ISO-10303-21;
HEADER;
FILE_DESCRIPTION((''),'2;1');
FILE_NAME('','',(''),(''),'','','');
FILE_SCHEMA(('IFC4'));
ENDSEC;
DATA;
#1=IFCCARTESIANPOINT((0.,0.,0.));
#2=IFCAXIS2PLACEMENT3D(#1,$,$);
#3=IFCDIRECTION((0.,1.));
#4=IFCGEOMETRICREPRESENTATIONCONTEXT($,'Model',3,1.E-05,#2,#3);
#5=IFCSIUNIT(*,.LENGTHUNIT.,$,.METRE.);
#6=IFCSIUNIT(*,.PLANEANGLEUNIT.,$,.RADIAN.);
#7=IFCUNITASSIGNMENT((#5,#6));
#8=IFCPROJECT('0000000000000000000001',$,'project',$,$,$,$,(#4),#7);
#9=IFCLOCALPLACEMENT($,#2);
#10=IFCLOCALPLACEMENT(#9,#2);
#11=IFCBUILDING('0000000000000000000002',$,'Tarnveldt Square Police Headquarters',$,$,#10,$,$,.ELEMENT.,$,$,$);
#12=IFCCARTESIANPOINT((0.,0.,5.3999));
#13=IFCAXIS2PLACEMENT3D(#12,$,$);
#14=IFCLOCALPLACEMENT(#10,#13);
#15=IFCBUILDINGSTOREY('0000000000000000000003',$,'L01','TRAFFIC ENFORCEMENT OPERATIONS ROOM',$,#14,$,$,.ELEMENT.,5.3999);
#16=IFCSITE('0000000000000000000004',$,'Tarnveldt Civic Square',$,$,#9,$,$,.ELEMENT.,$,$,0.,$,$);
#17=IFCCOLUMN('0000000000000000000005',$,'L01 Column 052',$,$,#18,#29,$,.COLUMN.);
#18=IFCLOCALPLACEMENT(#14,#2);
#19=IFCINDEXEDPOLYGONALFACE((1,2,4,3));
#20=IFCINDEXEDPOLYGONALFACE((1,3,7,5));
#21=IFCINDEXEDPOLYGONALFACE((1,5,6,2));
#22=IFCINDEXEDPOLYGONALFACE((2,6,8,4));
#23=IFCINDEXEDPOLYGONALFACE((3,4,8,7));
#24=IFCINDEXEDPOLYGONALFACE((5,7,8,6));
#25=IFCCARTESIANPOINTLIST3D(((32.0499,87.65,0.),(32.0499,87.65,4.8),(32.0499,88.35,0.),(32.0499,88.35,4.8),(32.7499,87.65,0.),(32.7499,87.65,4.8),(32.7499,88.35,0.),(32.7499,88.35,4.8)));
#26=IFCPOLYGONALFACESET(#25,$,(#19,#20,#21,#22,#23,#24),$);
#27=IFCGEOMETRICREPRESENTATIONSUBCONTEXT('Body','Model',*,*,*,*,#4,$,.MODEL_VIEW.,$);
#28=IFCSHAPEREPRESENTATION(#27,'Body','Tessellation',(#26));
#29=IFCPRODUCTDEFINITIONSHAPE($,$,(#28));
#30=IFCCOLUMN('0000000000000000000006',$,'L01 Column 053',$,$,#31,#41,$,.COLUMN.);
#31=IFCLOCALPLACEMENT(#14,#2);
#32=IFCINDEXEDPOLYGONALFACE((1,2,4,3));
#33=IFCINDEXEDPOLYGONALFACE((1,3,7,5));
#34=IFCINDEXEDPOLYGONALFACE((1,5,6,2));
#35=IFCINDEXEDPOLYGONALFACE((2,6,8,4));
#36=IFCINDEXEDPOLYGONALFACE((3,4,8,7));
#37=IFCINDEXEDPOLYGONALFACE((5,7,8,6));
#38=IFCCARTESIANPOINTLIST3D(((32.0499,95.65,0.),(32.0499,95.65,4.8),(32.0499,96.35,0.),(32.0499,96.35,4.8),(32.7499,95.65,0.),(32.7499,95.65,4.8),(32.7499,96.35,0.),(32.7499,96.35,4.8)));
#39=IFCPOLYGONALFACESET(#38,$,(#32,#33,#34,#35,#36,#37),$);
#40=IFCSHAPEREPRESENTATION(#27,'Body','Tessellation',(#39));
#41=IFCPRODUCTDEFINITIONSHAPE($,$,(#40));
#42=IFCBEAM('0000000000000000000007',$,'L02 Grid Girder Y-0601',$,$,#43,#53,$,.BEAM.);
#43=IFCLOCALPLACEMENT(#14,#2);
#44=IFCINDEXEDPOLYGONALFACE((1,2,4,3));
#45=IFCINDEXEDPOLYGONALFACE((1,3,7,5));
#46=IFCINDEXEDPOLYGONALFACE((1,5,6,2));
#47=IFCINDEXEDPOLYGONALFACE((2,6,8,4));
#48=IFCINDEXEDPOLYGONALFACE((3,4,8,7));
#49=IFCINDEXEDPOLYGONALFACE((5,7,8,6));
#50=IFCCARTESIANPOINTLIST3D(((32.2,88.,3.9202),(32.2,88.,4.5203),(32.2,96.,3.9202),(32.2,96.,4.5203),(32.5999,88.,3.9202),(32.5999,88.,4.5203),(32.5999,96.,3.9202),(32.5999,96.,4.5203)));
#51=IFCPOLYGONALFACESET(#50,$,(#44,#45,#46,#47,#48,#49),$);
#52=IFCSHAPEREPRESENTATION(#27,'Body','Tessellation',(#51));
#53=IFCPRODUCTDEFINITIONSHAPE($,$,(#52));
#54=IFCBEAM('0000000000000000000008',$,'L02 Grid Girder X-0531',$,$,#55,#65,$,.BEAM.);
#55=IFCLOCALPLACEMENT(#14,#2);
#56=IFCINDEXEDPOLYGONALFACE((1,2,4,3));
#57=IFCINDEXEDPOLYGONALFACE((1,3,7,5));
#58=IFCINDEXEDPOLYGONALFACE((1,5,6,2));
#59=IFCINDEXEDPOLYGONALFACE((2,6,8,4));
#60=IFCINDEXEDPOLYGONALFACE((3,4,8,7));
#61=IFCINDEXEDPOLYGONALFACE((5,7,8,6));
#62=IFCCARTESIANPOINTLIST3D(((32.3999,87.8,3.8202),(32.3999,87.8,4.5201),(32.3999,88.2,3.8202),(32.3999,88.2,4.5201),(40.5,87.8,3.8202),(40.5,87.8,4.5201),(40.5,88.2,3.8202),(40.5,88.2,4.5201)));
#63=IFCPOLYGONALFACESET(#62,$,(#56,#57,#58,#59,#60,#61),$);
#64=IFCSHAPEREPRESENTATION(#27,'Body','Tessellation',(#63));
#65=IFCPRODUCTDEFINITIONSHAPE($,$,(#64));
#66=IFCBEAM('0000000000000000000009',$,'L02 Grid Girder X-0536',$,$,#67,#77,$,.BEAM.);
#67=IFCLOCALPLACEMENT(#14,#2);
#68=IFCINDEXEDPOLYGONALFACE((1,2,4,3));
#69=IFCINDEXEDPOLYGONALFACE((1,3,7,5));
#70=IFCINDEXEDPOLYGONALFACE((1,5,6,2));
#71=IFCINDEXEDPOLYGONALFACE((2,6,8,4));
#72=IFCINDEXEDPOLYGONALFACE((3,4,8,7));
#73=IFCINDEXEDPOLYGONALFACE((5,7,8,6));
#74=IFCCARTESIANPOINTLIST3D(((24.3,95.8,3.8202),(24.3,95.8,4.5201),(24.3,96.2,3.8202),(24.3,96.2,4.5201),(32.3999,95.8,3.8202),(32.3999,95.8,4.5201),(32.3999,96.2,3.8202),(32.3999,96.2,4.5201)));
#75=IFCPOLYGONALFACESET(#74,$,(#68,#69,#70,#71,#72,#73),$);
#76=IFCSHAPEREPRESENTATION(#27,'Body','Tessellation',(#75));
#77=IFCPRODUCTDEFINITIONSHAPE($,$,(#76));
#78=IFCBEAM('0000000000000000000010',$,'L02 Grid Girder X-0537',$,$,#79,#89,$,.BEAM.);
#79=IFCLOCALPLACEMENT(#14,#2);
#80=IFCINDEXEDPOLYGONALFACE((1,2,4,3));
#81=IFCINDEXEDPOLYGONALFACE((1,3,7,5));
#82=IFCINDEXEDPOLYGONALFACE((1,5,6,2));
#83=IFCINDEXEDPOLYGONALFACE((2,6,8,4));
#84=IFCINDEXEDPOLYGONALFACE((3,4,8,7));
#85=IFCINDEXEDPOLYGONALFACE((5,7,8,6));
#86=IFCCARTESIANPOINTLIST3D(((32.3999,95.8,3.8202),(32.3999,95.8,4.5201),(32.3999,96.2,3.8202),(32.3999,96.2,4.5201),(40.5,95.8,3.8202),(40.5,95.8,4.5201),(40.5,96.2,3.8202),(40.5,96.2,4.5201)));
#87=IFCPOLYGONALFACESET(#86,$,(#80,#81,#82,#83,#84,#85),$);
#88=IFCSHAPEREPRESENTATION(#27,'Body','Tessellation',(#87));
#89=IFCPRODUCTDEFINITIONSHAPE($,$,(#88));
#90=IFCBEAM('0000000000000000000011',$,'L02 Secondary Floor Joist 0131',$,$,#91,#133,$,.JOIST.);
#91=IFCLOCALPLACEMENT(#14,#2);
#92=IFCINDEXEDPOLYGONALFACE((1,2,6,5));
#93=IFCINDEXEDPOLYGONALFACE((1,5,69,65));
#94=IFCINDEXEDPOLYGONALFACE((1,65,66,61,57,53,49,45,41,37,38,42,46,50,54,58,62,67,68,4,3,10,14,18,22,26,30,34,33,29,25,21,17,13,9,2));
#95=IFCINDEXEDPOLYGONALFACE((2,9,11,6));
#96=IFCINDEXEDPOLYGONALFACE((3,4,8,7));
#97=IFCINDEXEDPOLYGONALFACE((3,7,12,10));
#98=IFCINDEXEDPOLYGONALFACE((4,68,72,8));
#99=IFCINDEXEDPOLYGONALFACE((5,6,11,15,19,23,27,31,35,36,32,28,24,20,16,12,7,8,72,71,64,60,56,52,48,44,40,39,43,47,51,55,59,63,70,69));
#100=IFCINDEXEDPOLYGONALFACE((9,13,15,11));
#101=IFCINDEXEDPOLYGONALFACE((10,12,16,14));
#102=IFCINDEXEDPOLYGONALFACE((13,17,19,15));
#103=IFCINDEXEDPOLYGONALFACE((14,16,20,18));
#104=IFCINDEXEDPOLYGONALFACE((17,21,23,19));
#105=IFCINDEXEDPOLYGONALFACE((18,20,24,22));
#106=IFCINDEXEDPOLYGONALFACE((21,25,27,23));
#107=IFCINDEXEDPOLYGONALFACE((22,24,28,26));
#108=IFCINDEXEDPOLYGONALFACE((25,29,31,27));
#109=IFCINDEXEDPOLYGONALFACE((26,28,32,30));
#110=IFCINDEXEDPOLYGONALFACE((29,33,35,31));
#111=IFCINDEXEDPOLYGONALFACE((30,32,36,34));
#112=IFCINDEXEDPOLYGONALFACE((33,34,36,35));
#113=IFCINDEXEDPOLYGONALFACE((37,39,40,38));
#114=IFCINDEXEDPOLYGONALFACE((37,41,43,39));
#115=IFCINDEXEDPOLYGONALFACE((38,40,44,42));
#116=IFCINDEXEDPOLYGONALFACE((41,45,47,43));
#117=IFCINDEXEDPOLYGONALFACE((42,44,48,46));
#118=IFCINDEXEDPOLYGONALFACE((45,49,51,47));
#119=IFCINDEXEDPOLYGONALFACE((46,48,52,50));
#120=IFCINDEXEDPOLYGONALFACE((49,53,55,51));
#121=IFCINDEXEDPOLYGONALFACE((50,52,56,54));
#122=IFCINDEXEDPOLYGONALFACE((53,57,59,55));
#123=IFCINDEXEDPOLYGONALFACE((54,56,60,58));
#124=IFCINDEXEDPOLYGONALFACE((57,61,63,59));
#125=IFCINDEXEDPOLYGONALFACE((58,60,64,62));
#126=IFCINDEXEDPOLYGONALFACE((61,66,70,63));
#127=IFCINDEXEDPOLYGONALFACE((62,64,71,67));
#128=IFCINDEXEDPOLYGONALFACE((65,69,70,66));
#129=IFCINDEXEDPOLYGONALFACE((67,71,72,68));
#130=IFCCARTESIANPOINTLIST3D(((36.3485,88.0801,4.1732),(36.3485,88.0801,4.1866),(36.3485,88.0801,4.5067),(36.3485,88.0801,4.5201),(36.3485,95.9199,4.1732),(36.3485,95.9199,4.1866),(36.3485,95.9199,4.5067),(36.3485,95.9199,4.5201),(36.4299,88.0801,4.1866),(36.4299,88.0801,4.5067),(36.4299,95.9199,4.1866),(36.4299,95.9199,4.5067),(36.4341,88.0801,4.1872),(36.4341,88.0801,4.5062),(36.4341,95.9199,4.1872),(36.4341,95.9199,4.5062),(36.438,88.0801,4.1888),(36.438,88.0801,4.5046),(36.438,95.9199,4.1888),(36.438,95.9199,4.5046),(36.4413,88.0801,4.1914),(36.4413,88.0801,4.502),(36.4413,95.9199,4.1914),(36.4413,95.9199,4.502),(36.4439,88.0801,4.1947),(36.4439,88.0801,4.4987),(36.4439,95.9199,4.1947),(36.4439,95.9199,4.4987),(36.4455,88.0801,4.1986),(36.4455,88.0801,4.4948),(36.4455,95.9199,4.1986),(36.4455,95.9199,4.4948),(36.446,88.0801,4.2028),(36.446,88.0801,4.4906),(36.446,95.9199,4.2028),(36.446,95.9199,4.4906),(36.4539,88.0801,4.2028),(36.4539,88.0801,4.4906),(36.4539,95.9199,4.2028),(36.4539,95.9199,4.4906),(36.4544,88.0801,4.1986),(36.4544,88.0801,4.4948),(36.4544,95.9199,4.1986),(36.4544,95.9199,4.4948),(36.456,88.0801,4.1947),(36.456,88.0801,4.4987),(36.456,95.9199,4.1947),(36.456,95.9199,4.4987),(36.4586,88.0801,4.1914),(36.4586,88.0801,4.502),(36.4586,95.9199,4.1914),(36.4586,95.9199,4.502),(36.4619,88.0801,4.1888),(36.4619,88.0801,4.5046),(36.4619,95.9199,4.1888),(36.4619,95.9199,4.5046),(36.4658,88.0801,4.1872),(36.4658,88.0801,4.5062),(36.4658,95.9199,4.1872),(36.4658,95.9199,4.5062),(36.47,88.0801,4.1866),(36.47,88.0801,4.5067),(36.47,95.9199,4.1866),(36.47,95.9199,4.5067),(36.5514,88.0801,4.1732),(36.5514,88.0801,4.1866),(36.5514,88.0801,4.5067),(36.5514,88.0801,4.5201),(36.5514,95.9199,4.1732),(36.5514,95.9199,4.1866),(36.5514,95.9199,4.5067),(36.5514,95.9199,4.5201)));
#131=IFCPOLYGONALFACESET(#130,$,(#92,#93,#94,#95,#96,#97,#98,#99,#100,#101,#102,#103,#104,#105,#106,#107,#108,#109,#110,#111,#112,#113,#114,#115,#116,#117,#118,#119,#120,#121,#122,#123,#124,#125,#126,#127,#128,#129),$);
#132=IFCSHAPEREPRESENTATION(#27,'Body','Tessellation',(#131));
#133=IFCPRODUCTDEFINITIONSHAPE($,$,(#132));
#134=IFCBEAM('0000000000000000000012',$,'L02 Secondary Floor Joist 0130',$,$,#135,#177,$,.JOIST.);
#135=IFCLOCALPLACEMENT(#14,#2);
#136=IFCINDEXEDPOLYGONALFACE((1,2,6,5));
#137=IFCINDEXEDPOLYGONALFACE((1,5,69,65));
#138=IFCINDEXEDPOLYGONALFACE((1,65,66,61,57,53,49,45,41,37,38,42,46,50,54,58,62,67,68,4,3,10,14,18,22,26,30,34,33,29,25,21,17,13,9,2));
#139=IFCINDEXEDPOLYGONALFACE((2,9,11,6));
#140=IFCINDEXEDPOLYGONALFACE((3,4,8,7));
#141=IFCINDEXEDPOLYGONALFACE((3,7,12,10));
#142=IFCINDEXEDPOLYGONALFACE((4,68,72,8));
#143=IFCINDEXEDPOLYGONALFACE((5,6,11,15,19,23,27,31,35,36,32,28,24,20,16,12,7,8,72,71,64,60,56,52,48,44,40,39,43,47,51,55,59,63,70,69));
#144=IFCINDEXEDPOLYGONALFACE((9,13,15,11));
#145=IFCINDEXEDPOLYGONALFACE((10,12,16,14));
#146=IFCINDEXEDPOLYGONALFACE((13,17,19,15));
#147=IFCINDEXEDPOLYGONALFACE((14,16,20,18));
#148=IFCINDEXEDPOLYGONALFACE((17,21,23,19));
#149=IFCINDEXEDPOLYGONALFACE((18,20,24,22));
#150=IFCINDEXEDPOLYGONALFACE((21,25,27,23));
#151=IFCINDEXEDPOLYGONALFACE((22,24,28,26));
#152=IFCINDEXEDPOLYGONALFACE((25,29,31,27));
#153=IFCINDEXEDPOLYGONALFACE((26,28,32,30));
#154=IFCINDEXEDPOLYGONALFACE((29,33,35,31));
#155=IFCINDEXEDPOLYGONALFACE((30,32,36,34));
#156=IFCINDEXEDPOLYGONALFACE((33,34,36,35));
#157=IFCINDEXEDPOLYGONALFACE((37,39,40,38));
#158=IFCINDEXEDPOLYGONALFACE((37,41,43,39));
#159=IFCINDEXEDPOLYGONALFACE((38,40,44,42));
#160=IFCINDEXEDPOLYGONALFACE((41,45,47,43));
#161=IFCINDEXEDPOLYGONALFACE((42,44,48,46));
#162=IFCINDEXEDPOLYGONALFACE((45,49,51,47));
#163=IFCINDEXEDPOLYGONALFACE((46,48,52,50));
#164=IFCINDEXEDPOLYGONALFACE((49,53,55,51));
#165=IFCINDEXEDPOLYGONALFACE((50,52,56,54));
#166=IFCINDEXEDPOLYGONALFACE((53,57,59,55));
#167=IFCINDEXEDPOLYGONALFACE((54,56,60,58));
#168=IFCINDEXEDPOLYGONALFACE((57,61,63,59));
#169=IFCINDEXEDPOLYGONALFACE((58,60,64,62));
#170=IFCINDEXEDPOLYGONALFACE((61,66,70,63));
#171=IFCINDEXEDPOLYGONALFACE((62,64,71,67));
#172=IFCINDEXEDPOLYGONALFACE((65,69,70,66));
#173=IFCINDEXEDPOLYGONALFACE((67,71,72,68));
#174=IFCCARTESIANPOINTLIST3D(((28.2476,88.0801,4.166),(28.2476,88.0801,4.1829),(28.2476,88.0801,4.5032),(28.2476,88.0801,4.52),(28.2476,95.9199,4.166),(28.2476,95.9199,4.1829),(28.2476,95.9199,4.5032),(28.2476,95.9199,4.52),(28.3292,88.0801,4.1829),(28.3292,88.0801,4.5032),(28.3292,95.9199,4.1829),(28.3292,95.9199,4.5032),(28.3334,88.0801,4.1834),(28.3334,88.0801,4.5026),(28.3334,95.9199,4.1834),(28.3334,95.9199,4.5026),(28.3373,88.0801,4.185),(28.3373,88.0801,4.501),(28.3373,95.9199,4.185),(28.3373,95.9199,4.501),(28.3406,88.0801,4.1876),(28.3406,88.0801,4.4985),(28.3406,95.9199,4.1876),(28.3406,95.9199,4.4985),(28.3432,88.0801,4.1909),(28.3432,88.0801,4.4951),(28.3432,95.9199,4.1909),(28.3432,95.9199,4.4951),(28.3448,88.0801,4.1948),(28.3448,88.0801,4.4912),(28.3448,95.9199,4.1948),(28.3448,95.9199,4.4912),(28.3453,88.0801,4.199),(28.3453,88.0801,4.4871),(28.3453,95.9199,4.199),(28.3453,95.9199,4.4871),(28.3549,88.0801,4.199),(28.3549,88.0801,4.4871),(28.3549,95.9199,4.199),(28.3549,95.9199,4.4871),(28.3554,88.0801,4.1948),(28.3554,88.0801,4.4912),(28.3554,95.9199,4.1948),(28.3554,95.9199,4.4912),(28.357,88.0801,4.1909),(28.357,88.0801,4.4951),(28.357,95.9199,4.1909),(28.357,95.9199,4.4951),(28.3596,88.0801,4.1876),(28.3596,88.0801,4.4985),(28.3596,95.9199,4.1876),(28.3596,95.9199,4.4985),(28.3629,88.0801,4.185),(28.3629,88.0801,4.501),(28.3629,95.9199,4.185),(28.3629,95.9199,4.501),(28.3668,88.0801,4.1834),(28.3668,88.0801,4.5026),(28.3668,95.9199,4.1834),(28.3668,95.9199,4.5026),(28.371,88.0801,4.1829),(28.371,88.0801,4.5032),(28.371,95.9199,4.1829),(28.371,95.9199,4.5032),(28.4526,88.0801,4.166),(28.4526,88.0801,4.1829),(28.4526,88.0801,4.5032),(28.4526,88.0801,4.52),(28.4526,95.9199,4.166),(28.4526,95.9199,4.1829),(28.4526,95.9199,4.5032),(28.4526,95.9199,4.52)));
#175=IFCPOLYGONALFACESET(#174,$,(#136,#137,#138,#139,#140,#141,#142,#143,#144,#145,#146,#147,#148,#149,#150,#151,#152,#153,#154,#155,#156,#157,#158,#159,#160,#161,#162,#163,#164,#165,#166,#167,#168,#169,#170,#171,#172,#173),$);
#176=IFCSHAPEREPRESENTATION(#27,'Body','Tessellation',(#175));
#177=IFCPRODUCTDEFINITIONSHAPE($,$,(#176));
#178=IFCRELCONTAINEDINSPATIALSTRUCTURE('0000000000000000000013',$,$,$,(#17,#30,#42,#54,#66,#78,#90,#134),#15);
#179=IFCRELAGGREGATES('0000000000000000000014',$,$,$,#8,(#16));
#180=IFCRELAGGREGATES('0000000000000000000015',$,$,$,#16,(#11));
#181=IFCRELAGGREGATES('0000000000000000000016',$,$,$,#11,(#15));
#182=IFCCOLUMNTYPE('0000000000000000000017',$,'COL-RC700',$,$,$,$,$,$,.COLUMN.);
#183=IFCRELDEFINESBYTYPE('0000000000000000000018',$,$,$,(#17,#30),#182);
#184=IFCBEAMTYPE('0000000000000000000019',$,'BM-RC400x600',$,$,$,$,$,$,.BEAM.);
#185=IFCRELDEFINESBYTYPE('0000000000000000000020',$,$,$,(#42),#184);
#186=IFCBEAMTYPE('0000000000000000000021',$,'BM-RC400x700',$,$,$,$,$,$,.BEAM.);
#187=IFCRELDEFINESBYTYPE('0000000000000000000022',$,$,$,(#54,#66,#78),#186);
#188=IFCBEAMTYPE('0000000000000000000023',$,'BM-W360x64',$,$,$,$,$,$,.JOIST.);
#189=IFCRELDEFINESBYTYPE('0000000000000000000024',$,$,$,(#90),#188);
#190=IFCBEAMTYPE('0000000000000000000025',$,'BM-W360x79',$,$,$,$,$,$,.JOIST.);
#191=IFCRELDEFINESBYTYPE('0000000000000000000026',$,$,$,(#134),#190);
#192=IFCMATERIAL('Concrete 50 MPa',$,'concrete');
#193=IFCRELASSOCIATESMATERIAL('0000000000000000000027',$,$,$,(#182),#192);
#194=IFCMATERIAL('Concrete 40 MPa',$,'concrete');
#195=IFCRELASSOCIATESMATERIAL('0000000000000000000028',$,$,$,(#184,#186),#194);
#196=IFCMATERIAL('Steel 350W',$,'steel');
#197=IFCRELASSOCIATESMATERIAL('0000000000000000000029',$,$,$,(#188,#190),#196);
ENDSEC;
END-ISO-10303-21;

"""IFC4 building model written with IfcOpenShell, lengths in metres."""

from ifc_helpers import new_model, si_unit, direction, frame, origin, origin_2d, place, context, subcontext, project, spatial, rectangle, i_section, extrude, material, material_profile, profile_set, type_object, element, save


model = new_model("IFC4")

# Units and contexts
model_context = context("Model", 3, precision=1e-05, world=origin(), true_north=direction((0.0, 1.0)))
body_context = subcontext(model_context, "Body", "Model", "MODEL_VIEW")
ifc_project = project(units=[si_unit("LENGTHUNIT", "METRE"), si_unit("PLANEANGLEUNIT", "RADIAN")], contexts=[model_context])

# Site, building, storey
site_placement = place(None, origin())
site = spatial("IfcSite", under=ifc_project, at=site_placement, Name="Tarnveldt Civic Square", CompositionType="ELEMENT", RefElevation=0.0)
building_placement = place(site_placement, origin())
building = spatial("IfcBuilding", under=site, at=building_placement, Name="Tarnveldt Square Police Headquarters", CompositionType="ELEMENT")
storey_placement = place(building_placement, frame((0.0, 0.0, 5.3999)))
storey = spatial("IfcBuildingStorey", under=building, at=storey_placement, Name="L01", Description="TRAFFIC ENFORCEMENT OPERATIONS ROOM", CompositionType="ELEMENT", Elevation=5.3999)

# Columns
ifc_material_1 = material(Name="Concrete 50 MPa", Category="concrete")
ifc_material_profile_1 = material_profile(ifc_material_1, rectangle(XDim=0.7, YDim=0.7, at=origin_2d()), Name="RC-C700x700")
ifc_profile_set_1 = profile_set([ifc_material_profile_1], Name="Concrete 50 MPa")
column_type = type_object("IfcColumnType", Name="COL-RC700", PredefinedType="COLUMN", material=ifc_profile_set_1)
for number, where, z_axis, x_axis, name in (
    (1, (32.3999, 88.0, 0.0), (0.0, 0.0, 1.0), (1.0, 0.0, 0.0), "L01 Column 052"),
    (2, (32.3999, 96.0, 0.0), (0.0, 0.0, 1.0), (1.0, 0.0, 0.0), "L01 Column 053"),
):
    element("IfcColumn", number, at=place(storey_placement, frame(where, z_axis=z_axis, x_axis=x_axis)), inside=storey, type_object=column_type, Name=name, PredefinedType="COLUMN", context=body_context, shape_type="SweptSolid", body=[
        extrude(rectangle(XDim=0.7, YDim=0.7, at=origin_2d()), origin(), (0.0, 0.0, 1.0), 4.8),
    ])

# Beams
ifc_material_2 = material(Name="Concrete 40 MPa", Category="concrete")
ifc_material_profile_2 = material_profile(ifc_material_2, rectangle(XDim=0.3999, YDim=0.6001, at=origin_2d()), Name="RC-B400x600")
ifc_profile_set_2 = profile_set([ifc_material_profile_2], Name="Concrete 40 MPa")
beam_type_1 = type_object("IfcBeamType", Name="BM-RC400x600", PredefinedType="BEAM", material=ifc_profile_set_2)
beam_1_placement = place(storey_placement, frame((32.3999, 88.0, 4.2202), z_axis=(0.0, 1.0, 0.0), x_axis=(-1.0, 0.0, 0.0)))
element("IfcBeam", 3, at=beam_1_placement, inside=storey, type_object=beam_type_1, Name="L02 Grid Girder Y-0601", PredefinedType="BEAM", context=body_context, shape_type="SweptSolid", body=[
    extrude(rectangle(XDim=0.3999, YDim=0.6001, at=origin_2d()), origin(), (0.0, 0.0, 1.0), 8.0),
])
ifc_material_profile_3 = material_profile(ifc_material_2, rectangle(XDim=0.3999, YDim=0.7, at=origin_2d()), Name="RC-B400x700")
ifc_profile_set_3 = profile_set([ifc_material_profile_3], Name="Concrete 40 MPa")
beam_type_2 = type_object("IfcBeamType", Name="BM-RC400x700", PredefinedType="BEAM", material=ifc_profile_set_3)
beam_2_placement = place(storey_placement, frame((32.3999, 88.0, 4.1702), z_axis=(1.0, 0.0, 0.0), x_axis=(0.0, 1.0, 0.0)))
element("IfcBeam", 4, at=beam_2_placement, inside=storey, type_object=beam_type_2, Name="L02 Grid Girder X-0531", PredefinedType="BEAM", context=body_context, shape_type="SweptSolid", body=[
    extrude(rectangle(XDim=0.3999, YDim=0.7, at=origin_2d()), origin(), (0.0, 0.0, 1.0), 8.1001),
])
beam_3_placement = place(storey_placement, frame((24.3, 96.0, 4.1702), z_axis=(1.0, 0.0, 0.0), x_axis=(0.0, 1.0, 0.0)))
element("IfcBeam", 5, at=beam_3_placement, inside=storey, type_object=beam_type_2, Name="L02 Grid Girder X-0536", PredefinedType="BEAM", context=body_context, shape_type="SweptSolid", body=[
    extrude(rectangle(XDim=0.3999, YDim=0.7, at=origin_2d()), origin(), (0.0, 0.0, 1.0), 8.0999),
])
beam_4_placement = place(storey_placement, frame((32.3999, 96.0, 4.1702), z_axis=(1.0, 0.0, 0.0), x_axis=(0.0, 1.0, 0.0)))
element("IfcBeam", 6, at=beam_4_placement, inside=storey, type_object=beam_type_2, Name="L02 Grid Girder X-0537", PredefinedType="BEAM", context=body_context, shape_type="SweptSolid", body=[
    extrude(rectangle(XDim=0.3999, YDim=0.7, at=origin_2d()), origin(), (0.0, 0.0, 1.0), 8.1001),
])
ifc_material_3 = material(Name="Steel 350W", Category="steel")
ifc_material_profile_4 = material_profile(ifc_material_3, i_section(OverallWidth=0.2029, OverallDepth=0.3469, WebThickness=0.0078, FlangeThickness=0.0134, FilletRadius=0.0161, at=origin_2d()), Name="W360x64")
ifc_profile_set_4 = profile_set([ifc_material_profile_4], Name="Steel 350W")
beam_type_3 = type_object("IfcBeamType", Name="BM-W360x64", PredefinedType="JOIST", material=ifc_profile_set_4)
beam_5_placement = place(storey_placement, frame((36.45, 88.0801, 4.3467), z_axis=(0.0, 1.0, 0.0), x_axis=(-1.0, 0.0, 0.0)))
element("IfcBeam", 7, at=beam_5_placement, inside=storey, type_object=beam_type_3, Name="L02 Secondary Floor Joist 0131", PredefinedType="JOIST", context=body_context, shape_type="SweptSolid", body=[
    extrude(i_section(OverallWidth=0.2029, OverallDepth=0.3469, WebThickness=0.0078, FlangeThickness=0.0134, FilletRadius=0.0161, at=origin_2d()), origin(), (0.0, 0.0, 1.0), 7.8398),
])
ifc_material_profile_5 = material_profile(ifc_material_3, i_section(OverallWidth=0.2051, OverallDepth=0.354, WebThickness=0.0095, FlangeThickness=0.0168, FilletRadius=0.0161, at=origin_2d()), Name="W360x79")
ifc_profile_set_5 = profile_set([ifc_material_profile_5], Name="Steel 350W")
beam_type_4 = type_object("IfcBeamType", Name="BM-W360x79", PredefinedType="JOIST", material=ifc_profile_set_5)
for number, where, z_axis, x_axis, name in (
    (8, (28.3501, 88.0801, 4.343), (0.0, 1.0, 0.0), (-1.0, 0.0, 0.0), "L02 Secondary Floor Joist 0130"),
):
    element("IfcBeam", number, at=place(storey_placement, frame(where, z_axis=z_axis, x_axis=x_axis)), inside=storey, type_object=beam_type_4, Name=name, PredefinedType="JOIST", context=body_context, shape_type="SweptSolid", body=[
        extrude(i_section(OverallWidth=0.2051, OverallDepth=0.354, WebThickness=0.0095, FlangeThickness=0.0168, FilletRadius=0.0161, at=origin_2d()), origin(), (0.0, 0.0, 1.0), 7.8398),
    ])

save(model, "model.ifc")
